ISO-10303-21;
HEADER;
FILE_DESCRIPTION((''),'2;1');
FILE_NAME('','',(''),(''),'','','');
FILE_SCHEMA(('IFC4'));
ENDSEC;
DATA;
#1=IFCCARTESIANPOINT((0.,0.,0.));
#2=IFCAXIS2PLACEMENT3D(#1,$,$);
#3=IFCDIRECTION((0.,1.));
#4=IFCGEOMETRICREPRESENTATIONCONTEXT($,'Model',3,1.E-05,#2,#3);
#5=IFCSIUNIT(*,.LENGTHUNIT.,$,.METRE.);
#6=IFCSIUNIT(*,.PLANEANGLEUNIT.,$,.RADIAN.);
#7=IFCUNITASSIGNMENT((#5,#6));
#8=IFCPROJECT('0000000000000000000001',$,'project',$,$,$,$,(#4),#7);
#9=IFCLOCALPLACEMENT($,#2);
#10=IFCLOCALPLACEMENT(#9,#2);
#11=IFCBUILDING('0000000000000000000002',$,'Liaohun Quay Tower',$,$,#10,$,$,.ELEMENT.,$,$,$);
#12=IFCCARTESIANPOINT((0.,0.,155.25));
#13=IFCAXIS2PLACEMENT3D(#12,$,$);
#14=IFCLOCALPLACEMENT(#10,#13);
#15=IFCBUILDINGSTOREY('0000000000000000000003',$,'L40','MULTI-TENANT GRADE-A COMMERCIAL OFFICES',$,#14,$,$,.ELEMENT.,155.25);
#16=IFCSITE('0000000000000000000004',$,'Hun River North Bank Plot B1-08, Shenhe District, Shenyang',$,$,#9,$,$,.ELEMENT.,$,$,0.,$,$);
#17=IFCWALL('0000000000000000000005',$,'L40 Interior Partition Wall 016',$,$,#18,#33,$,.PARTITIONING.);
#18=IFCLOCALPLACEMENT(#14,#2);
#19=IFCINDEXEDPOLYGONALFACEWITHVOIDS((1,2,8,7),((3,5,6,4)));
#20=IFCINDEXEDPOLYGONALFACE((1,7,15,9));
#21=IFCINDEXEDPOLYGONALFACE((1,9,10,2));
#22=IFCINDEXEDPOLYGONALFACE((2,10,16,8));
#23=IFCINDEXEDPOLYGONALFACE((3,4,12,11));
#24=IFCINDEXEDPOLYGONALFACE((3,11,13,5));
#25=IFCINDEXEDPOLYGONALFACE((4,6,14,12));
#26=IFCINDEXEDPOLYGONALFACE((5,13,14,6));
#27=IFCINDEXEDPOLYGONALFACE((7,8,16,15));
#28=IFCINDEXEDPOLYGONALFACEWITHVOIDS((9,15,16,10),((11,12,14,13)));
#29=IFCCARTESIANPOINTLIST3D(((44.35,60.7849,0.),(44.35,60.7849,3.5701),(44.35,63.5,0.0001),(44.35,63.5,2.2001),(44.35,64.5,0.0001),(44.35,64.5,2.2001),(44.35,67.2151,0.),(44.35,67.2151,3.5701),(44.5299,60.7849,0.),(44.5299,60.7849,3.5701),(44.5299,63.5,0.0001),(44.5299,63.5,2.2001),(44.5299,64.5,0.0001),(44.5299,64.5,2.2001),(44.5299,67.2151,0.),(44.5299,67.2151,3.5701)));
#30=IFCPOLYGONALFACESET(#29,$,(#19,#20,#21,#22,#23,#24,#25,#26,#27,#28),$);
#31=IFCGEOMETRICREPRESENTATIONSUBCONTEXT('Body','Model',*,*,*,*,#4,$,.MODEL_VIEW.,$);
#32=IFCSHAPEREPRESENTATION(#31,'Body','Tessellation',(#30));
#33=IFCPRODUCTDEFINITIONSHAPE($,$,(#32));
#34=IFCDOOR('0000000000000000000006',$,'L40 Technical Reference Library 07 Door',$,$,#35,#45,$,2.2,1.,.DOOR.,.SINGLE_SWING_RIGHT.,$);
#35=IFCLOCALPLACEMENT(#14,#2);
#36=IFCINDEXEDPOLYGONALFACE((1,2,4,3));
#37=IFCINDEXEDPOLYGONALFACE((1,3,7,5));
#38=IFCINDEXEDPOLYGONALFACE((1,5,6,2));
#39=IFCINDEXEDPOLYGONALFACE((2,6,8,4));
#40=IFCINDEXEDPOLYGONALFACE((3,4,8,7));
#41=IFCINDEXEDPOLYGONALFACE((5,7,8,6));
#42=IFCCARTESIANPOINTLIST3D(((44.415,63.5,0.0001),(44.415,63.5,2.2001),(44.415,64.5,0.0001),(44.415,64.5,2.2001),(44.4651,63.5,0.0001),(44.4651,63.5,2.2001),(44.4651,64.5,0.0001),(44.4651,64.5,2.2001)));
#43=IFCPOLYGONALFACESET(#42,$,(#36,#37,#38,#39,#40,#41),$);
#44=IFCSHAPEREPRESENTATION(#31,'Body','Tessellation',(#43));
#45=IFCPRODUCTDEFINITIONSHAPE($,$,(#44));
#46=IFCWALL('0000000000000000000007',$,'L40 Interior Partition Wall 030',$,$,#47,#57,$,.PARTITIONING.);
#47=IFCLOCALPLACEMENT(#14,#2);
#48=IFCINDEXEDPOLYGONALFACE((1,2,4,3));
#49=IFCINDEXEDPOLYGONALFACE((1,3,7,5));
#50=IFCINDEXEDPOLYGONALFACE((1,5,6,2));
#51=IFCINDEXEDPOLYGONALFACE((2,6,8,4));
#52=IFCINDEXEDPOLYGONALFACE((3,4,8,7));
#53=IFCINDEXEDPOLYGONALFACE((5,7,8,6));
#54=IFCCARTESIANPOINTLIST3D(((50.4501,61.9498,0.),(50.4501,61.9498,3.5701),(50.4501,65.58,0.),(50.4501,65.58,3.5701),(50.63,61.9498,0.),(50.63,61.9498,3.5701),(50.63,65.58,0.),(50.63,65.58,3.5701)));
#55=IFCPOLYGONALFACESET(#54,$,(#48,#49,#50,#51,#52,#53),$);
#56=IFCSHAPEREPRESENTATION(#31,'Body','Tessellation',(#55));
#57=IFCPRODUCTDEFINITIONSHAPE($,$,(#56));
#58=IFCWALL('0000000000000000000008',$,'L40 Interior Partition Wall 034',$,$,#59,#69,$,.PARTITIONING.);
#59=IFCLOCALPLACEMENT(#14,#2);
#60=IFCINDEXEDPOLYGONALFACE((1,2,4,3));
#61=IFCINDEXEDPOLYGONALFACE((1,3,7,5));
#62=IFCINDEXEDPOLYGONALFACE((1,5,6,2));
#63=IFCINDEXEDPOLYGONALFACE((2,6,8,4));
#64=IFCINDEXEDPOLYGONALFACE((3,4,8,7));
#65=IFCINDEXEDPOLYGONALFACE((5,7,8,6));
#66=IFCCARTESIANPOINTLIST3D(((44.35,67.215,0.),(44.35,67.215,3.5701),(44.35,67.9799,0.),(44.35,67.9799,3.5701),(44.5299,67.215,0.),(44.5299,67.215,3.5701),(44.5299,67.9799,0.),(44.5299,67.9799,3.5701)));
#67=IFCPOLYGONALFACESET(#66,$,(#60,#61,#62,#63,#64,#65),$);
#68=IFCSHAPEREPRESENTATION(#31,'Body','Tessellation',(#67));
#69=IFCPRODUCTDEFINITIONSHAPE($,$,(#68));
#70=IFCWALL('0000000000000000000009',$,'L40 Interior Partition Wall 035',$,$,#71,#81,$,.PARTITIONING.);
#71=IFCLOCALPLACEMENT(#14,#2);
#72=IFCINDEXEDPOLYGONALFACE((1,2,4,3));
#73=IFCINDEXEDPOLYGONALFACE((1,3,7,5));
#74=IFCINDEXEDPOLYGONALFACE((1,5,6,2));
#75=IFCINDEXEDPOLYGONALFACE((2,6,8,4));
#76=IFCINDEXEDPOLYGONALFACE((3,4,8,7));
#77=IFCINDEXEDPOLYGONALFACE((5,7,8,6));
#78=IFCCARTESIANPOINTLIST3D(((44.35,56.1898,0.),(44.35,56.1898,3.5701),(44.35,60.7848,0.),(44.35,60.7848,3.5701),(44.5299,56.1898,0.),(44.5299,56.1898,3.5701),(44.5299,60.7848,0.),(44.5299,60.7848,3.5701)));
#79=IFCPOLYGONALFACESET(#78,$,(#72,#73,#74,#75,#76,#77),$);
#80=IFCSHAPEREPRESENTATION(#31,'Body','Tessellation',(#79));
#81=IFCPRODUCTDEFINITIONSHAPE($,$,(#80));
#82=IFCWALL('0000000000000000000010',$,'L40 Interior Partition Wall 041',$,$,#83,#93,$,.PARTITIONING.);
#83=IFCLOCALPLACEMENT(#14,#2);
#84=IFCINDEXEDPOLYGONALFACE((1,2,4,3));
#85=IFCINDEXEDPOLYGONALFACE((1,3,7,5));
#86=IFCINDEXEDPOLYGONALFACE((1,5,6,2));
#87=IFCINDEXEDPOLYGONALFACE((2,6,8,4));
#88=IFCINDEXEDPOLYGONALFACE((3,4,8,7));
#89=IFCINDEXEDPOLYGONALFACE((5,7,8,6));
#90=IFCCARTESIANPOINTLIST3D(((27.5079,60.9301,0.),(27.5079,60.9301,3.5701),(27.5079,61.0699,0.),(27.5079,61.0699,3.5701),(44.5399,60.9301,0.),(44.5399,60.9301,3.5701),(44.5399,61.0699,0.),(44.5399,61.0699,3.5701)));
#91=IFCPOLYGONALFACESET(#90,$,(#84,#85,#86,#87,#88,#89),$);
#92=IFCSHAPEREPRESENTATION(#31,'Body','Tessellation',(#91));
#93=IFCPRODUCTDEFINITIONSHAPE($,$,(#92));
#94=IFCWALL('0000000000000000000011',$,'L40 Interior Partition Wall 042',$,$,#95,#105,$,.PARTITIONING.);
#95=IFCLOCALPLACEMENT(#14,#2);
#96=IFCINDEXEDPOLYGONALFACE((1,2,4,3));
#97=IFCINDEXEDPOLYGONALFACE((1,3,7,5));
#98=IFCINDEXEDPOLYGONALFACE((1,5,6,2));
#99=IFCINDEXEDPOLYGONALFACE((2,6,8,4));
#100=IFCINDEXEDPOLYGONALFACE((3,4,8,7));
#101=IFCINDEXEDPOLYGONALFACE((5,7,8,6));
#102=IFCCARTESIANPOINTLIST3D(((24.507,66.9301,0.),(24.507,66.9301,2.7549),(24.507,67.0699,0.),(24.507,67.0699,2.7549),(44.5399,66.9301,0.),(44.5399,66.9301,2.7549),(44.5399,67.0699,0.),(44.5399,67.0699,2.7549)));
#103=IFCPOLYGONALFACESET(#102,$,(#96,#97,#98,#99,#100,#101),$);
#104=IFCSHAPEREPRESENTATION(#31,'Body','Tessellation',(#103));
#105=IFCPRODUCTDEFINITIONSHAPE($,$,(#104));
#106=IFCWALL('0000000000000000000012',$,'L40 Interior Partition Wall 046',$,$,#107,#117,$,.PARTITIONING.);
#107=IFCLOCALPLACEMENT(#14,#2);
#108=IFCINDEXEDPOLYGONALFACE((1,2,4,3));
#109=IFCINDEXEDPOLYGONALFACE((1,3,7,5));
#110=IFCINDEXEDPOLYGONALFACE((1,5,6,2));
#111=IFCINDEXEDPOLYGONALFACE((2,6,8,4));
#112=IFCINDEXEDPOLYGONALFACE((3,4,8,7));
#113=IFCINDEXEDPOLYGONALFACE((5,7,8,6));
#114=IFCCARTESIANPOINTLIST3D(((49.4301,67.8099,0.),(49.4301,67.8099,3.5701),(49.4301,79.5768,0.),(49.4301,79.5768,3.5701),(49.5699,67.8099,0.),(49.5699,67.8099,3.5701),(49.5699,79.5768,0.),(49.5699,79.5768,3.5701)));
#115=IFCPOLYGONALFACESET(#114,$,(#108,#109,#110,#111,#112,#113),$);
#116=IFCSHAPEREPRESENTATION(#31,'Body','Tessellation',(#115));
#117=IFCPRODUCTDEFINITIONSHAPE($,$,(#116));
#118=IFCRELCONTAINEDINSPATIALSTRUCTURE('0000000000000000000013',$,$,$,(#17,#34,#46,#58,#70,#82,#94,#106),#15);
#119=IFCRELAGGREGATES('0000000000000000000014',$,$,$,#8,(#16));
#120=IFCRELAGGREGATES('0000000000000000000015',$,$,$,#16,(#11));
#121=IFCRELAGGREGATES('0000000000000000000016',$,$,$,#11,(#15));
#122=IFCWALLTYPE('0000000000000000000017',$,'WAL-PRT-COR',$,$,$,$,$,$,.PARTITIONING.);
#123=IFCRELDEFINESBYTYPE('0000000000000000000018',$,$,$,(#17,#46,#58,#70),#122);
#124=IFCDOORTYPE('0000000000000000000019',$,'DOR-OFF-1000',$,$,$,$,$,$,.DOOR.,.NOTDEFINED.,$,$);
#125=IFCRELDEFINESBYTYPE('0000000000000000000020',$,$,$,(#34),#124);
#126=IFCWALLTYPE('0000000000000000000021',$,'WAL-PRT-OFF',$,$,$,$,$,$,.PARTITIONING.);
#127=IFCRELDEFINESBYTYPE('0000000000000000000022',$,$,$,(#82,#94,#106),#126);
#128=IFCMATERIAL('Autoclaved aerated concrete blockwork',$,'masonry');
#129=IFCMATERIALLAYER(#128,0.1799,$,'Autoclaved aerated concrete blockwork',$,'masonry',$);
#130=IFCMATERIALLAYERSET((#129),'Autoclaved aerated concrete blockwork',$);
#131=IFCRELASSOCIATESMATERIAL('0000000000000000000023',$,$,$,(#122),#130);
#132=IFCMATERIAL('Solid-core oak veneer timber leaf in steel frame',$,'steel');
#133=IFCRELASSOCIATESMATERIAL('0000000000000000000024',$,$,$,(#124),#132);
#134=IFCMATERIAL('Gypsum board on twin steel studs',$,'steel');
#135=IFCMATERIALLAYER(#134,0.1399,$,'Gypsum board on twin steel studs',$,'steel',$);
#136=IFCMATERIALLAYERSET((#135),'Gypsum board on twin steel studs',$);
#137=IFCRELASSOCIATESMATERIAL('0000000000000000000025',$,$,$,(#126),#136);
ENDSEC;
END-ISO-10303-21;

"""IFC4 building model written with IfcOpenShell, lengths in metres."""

from ifc_helpers import new_model, si_unit, direction, frame, frame_2d, origin, place, context, subcontext, project, spatial, rectangle, extrude, source, transform, mapped, material, layer, layer_set, type_object, element, fill, save


model = new_model("IFC4")

# Units and contexts
model_context = context("Model", 3, precision=1e-05, world=origin(), true_north=direction((0.0, 1.0)))
body_context = subcontext(model_context, "Body", "Model", "MODEL_VIEW")
ifc_project = project(units=[si_unit("LENGTHUNIT", "METRE"), si_unit("PLANEANGLEUNIT", "RADIAN")], contexts=[model_context])

# Site, building, storey
site_placement = place(None, origin())
site = spatial("IfcSite", under=ifc_project, at=site_placement, Name="Hun River North Bank Plot B1-08, Shenhe District, Shenyang", CompositionType="ELEMENT", RefElevation=0.0)
building_placement = place(site_placement, origin())
building = spatial("IfcBuilding", under=site, at=building_placement, Name="Liaohun Quay Tower", CompositionType="ELEMENT")
storey_placement = place(building_placement, frame((0.0, 0.0, 155.25)))
storey = spatial("IfcBuildingStorey", under=building, at=storey_placement, Name="L40", Description="MULTI-TENANT GRADE-A COMMERCIAL OFFICES", CompositionType="ELEMENT", Elevation=155.25)

# Wall, opening, door
ifc_material_1 = material(Name="Autoclaved aerated concrete blockwork", Category="masonry")
ifc_layer_1 = layer(ifc_material_1, 0.1799, Name="Autoclaved aerated concrete blockwork", Category="masonry")
ifc_layer_set_1 = layer_set([ifc_layer_1], Name="Autoclaved aerated concrete blockwork")
wall_type_1 = type_object("IfcWallType", Name="WAL-PRT-COR", PredefinedType="PARTITIONING", material=ifc_layer_set_1)
shared_shape_1 = source(origin(), body_context, "Body", "SweptSolid", [
    extrude(rectangle(XDim=1.0, YDim=2.2, at=frame_2d((0.5, 1.1001))), frame((0.0, 0.0999, 0.0), z_axis=(0.0, -1.0, 0.0), x_axis=(1.0, 0.0, 0.0)), (0.0, 0.0, 1.0), 0.2),
])
ifc_material_2 = material(Name="Solid-core oak veneer timber leaf in steel frame", Category="steel")
door_type_1 = type_object("IfcDoorType", Name="DOR-OFF-1000", OperationType="NOTDEFINED", PredefinedType="DOOR", material=ifc_material_2)
shared_shape_2 = source(origin(), body_context, "Body", "SweptSolid", [
    extrude(rectangle(XDim=1.0, YDim=2.2, at=frame_2d((0.5, 1.1001))), frame((0.0, 0.0249, 0.0), z_axis=(0.0, -1.0, 0.0), x_axis=(1.0, 0.0, 0.0)), (0.0, 0.0, 1.0), 0.05),
])
wall_1_placement = place(storey_placement, frame((44.4399, 60.7849, 0.0), z_axis=(0.0, 0.0, 1.0), x_axis=(0.0, 1.0, 0.0)))
wall_1 = element("IfcWall", 1, at=wall_1_placement, inside=storey, type_object=wall_type_1, Name="L40 Interior Partition Wall 016", PredefinedType="PARTITIONING", context=body_context, shape_type="SweptSolid", body=[
    extrude(rectangle(XDim=6.4302, YDim=0.1799, at=frame_2d((3.2151, 0.0))), origin(), (0.0, 0.0, 1.0), 3.5701),
])
opening_1_placement = place(wall_1_placement, frame((2.7151, 0.0, 0.0)))
opening_1 = element("IfcOpeningElement", 2, at=opening_1_placement, cuts=wall_1, PredefinedType="OPENING", context=body_context, shape_type="MappedRepresentation", body=[
    mapped(shared_shape_1, transform((0.0, 0.0, 0.0), x_axis=(1.0, 0.0, 0.0), y_axis=(0.0, 1.0, 0.0), z_axis=(0.0, 0.0, 1.0), scale=1.0)),
])
door_1_placement = place(opening_1_placement, origin())
door_1 = element("IfcDoor", 3, at=door_1_placement, inside=storey, type_object=door_type_1, Name="L40 Technical Reference Library 07 Door", OperationType="SINGLE_SWING_RIGHT", OverallHeight=2.2, OverallWidth=1.0, PredefinedType="DOOR", context=body_context, shape_type="MappedRepresentation", body=[
    mapped(shared_shape_2, transform((0.0, 0.0, 0.0), x_axis=(1.0, 0.0, 0.0), y_axis=(0.0, 1.0, 0.0), z_axis=(0.0, 0.0, 1.0), scale=1.0)),
])
fill(opening_1, door_1)

# Walls
wall_2_placement = place(storey_placement, frame((50.54, 61.95, 0.0), z_axis=(0.0, 0.0, 1.0), x_axis=(0.0, 1.0, 0.0)))
element("IfcWall", 4, at=wall_2_placement, inside=storey, type_object=wall_type_1, Name="L40 Interior Partition Wall 030", PredefinedType="PARTITIONING", context=body_context, shape_type="SweptSolid", body=[
    extrude(rectangle(XDim=3.6301, YDim=0.1799, at=frame_2d((1.8149, 0.0))), origin(), (0.0, 0.0, 1.0), 3.5701),
])
wall_3_placement = place(storey_placement, frame((44.4399, 67.2151, 0.0), z_axis=(0.0, 0.0, 1.0), x_axis=(0.0, 1.0, 0.0)))
element("IfcWall", 5, at=wall_3_placement, inside=storey, type_object=wall_type_1, Name="L40 Interior Partition Wall 034", PredefinedType="PARTITIONING", context=body_context, shape_type="SweptSolid", body=[
    extrude(rectangle(XDim=0.7649, YDim=0.1799, at=frame_2d((0.3823, 0.0))), origin(), (0.0, 0.0, 1.0), 3.5701),
])
wall_4_placement = place(storey_placement, frame((44.4399, 56.1899, 0.0), z_axis=(0.0, 0.0, 1.0), x_axis=(0.0, 1.0, 0.0)))
element("IfcWall", 6, at=wall_4_placement, inside=storey, type_object=wall_type_1, Name="L40 Interior Partition Wall 035", PredefinedType="PARTITIONING", context=body_context, shape_type="SweptSolid", body=[
    extrude(rectangle(XDim=4.595, YDim=0.1799, at=frame_2d((2.2974, 0.0))), origin(), (0.0, 0.0, 1.0), 3.5701),
])
ifc_material_3 = material(Name="Gypsum board on twin steel studs", Category="steel")
ifc_layer_2 = layer(ifc_material_3, 0.1399, Name="Gypsum board on twin steel studs", Category="steel")
ifc_layer_set_2 = layer_set([ifc_layer_2], Name="Gypsum board on twin steel studs")
wall_type_2 = type_object("IfcWallType", Name="WAL-PRT-OFF", PredefinedType="PARTITIONING", material=ifc_layer_set_2)
wall_5_placement = place(storey_placement, frame((44.54, 61.0, 0.0), z_axis=(0.0, 0.0, 1.0), x_axis=(-1.0, 0.0, 0.0)))
element("IfcWall", 7, at=wall_5_placement, inside=storey, type_object=wall_type_2, Name="L40 Interior Partition Wall 041", PredefinedType="PARTITIONING", context=body_context, shape_type="SweptSolid", body=[
    extrude(rectangle(XDim=17.032, YDim=0.1399, at=frame_2d((8.5161, 0.0))), origin(), (0.0, 0.0, 1.0), 3.5701),
])
wall_6_placement = place(storey_placement, frame((44.54, 67.0, 0.0), z_axis=(0.0, 0.0, 1.0), x_axis=(-1.0, 0.0, 0.0)))
element("IfcWall", 8, at=wall_6_placement, inside=storey, type_object=wall_type_2, Name="L40 Interior Partition Wall 042", PredefinedType="PARTITIONING", context=body_context, shape_type="SweptSolid", body=[
    extrude(rectangle(XDim=20.033, YDim=0.1399, at=frame_2d((10.0166, 0.0))), origin(), (0.0, 0.0, 1.0), 2.7549),
])
wall_7_placement = place(storey_placement, frame((49.5, 67.8101, 0.0), z_axis=(0.0, 0.0, 1.0), x_axis=(0.0, 1.0, 0.0)))
element("IfcWall", 9, at=wall_7_placement, inside=storey, type_object=wall_type_2, Name="L40 Interior Partition Wall 046", PredefinedType="PARTITIONING", context=body_context, shape_type="SweptSolid", body=[
    extrude(rectangle(XDim=11.7668, YDim=0.1399, at=frame_2d((5.8833, 0.0))), origin(), (0.0, 0.0, 1.0), 3.5701),
])

save(model, "model.ifc")
